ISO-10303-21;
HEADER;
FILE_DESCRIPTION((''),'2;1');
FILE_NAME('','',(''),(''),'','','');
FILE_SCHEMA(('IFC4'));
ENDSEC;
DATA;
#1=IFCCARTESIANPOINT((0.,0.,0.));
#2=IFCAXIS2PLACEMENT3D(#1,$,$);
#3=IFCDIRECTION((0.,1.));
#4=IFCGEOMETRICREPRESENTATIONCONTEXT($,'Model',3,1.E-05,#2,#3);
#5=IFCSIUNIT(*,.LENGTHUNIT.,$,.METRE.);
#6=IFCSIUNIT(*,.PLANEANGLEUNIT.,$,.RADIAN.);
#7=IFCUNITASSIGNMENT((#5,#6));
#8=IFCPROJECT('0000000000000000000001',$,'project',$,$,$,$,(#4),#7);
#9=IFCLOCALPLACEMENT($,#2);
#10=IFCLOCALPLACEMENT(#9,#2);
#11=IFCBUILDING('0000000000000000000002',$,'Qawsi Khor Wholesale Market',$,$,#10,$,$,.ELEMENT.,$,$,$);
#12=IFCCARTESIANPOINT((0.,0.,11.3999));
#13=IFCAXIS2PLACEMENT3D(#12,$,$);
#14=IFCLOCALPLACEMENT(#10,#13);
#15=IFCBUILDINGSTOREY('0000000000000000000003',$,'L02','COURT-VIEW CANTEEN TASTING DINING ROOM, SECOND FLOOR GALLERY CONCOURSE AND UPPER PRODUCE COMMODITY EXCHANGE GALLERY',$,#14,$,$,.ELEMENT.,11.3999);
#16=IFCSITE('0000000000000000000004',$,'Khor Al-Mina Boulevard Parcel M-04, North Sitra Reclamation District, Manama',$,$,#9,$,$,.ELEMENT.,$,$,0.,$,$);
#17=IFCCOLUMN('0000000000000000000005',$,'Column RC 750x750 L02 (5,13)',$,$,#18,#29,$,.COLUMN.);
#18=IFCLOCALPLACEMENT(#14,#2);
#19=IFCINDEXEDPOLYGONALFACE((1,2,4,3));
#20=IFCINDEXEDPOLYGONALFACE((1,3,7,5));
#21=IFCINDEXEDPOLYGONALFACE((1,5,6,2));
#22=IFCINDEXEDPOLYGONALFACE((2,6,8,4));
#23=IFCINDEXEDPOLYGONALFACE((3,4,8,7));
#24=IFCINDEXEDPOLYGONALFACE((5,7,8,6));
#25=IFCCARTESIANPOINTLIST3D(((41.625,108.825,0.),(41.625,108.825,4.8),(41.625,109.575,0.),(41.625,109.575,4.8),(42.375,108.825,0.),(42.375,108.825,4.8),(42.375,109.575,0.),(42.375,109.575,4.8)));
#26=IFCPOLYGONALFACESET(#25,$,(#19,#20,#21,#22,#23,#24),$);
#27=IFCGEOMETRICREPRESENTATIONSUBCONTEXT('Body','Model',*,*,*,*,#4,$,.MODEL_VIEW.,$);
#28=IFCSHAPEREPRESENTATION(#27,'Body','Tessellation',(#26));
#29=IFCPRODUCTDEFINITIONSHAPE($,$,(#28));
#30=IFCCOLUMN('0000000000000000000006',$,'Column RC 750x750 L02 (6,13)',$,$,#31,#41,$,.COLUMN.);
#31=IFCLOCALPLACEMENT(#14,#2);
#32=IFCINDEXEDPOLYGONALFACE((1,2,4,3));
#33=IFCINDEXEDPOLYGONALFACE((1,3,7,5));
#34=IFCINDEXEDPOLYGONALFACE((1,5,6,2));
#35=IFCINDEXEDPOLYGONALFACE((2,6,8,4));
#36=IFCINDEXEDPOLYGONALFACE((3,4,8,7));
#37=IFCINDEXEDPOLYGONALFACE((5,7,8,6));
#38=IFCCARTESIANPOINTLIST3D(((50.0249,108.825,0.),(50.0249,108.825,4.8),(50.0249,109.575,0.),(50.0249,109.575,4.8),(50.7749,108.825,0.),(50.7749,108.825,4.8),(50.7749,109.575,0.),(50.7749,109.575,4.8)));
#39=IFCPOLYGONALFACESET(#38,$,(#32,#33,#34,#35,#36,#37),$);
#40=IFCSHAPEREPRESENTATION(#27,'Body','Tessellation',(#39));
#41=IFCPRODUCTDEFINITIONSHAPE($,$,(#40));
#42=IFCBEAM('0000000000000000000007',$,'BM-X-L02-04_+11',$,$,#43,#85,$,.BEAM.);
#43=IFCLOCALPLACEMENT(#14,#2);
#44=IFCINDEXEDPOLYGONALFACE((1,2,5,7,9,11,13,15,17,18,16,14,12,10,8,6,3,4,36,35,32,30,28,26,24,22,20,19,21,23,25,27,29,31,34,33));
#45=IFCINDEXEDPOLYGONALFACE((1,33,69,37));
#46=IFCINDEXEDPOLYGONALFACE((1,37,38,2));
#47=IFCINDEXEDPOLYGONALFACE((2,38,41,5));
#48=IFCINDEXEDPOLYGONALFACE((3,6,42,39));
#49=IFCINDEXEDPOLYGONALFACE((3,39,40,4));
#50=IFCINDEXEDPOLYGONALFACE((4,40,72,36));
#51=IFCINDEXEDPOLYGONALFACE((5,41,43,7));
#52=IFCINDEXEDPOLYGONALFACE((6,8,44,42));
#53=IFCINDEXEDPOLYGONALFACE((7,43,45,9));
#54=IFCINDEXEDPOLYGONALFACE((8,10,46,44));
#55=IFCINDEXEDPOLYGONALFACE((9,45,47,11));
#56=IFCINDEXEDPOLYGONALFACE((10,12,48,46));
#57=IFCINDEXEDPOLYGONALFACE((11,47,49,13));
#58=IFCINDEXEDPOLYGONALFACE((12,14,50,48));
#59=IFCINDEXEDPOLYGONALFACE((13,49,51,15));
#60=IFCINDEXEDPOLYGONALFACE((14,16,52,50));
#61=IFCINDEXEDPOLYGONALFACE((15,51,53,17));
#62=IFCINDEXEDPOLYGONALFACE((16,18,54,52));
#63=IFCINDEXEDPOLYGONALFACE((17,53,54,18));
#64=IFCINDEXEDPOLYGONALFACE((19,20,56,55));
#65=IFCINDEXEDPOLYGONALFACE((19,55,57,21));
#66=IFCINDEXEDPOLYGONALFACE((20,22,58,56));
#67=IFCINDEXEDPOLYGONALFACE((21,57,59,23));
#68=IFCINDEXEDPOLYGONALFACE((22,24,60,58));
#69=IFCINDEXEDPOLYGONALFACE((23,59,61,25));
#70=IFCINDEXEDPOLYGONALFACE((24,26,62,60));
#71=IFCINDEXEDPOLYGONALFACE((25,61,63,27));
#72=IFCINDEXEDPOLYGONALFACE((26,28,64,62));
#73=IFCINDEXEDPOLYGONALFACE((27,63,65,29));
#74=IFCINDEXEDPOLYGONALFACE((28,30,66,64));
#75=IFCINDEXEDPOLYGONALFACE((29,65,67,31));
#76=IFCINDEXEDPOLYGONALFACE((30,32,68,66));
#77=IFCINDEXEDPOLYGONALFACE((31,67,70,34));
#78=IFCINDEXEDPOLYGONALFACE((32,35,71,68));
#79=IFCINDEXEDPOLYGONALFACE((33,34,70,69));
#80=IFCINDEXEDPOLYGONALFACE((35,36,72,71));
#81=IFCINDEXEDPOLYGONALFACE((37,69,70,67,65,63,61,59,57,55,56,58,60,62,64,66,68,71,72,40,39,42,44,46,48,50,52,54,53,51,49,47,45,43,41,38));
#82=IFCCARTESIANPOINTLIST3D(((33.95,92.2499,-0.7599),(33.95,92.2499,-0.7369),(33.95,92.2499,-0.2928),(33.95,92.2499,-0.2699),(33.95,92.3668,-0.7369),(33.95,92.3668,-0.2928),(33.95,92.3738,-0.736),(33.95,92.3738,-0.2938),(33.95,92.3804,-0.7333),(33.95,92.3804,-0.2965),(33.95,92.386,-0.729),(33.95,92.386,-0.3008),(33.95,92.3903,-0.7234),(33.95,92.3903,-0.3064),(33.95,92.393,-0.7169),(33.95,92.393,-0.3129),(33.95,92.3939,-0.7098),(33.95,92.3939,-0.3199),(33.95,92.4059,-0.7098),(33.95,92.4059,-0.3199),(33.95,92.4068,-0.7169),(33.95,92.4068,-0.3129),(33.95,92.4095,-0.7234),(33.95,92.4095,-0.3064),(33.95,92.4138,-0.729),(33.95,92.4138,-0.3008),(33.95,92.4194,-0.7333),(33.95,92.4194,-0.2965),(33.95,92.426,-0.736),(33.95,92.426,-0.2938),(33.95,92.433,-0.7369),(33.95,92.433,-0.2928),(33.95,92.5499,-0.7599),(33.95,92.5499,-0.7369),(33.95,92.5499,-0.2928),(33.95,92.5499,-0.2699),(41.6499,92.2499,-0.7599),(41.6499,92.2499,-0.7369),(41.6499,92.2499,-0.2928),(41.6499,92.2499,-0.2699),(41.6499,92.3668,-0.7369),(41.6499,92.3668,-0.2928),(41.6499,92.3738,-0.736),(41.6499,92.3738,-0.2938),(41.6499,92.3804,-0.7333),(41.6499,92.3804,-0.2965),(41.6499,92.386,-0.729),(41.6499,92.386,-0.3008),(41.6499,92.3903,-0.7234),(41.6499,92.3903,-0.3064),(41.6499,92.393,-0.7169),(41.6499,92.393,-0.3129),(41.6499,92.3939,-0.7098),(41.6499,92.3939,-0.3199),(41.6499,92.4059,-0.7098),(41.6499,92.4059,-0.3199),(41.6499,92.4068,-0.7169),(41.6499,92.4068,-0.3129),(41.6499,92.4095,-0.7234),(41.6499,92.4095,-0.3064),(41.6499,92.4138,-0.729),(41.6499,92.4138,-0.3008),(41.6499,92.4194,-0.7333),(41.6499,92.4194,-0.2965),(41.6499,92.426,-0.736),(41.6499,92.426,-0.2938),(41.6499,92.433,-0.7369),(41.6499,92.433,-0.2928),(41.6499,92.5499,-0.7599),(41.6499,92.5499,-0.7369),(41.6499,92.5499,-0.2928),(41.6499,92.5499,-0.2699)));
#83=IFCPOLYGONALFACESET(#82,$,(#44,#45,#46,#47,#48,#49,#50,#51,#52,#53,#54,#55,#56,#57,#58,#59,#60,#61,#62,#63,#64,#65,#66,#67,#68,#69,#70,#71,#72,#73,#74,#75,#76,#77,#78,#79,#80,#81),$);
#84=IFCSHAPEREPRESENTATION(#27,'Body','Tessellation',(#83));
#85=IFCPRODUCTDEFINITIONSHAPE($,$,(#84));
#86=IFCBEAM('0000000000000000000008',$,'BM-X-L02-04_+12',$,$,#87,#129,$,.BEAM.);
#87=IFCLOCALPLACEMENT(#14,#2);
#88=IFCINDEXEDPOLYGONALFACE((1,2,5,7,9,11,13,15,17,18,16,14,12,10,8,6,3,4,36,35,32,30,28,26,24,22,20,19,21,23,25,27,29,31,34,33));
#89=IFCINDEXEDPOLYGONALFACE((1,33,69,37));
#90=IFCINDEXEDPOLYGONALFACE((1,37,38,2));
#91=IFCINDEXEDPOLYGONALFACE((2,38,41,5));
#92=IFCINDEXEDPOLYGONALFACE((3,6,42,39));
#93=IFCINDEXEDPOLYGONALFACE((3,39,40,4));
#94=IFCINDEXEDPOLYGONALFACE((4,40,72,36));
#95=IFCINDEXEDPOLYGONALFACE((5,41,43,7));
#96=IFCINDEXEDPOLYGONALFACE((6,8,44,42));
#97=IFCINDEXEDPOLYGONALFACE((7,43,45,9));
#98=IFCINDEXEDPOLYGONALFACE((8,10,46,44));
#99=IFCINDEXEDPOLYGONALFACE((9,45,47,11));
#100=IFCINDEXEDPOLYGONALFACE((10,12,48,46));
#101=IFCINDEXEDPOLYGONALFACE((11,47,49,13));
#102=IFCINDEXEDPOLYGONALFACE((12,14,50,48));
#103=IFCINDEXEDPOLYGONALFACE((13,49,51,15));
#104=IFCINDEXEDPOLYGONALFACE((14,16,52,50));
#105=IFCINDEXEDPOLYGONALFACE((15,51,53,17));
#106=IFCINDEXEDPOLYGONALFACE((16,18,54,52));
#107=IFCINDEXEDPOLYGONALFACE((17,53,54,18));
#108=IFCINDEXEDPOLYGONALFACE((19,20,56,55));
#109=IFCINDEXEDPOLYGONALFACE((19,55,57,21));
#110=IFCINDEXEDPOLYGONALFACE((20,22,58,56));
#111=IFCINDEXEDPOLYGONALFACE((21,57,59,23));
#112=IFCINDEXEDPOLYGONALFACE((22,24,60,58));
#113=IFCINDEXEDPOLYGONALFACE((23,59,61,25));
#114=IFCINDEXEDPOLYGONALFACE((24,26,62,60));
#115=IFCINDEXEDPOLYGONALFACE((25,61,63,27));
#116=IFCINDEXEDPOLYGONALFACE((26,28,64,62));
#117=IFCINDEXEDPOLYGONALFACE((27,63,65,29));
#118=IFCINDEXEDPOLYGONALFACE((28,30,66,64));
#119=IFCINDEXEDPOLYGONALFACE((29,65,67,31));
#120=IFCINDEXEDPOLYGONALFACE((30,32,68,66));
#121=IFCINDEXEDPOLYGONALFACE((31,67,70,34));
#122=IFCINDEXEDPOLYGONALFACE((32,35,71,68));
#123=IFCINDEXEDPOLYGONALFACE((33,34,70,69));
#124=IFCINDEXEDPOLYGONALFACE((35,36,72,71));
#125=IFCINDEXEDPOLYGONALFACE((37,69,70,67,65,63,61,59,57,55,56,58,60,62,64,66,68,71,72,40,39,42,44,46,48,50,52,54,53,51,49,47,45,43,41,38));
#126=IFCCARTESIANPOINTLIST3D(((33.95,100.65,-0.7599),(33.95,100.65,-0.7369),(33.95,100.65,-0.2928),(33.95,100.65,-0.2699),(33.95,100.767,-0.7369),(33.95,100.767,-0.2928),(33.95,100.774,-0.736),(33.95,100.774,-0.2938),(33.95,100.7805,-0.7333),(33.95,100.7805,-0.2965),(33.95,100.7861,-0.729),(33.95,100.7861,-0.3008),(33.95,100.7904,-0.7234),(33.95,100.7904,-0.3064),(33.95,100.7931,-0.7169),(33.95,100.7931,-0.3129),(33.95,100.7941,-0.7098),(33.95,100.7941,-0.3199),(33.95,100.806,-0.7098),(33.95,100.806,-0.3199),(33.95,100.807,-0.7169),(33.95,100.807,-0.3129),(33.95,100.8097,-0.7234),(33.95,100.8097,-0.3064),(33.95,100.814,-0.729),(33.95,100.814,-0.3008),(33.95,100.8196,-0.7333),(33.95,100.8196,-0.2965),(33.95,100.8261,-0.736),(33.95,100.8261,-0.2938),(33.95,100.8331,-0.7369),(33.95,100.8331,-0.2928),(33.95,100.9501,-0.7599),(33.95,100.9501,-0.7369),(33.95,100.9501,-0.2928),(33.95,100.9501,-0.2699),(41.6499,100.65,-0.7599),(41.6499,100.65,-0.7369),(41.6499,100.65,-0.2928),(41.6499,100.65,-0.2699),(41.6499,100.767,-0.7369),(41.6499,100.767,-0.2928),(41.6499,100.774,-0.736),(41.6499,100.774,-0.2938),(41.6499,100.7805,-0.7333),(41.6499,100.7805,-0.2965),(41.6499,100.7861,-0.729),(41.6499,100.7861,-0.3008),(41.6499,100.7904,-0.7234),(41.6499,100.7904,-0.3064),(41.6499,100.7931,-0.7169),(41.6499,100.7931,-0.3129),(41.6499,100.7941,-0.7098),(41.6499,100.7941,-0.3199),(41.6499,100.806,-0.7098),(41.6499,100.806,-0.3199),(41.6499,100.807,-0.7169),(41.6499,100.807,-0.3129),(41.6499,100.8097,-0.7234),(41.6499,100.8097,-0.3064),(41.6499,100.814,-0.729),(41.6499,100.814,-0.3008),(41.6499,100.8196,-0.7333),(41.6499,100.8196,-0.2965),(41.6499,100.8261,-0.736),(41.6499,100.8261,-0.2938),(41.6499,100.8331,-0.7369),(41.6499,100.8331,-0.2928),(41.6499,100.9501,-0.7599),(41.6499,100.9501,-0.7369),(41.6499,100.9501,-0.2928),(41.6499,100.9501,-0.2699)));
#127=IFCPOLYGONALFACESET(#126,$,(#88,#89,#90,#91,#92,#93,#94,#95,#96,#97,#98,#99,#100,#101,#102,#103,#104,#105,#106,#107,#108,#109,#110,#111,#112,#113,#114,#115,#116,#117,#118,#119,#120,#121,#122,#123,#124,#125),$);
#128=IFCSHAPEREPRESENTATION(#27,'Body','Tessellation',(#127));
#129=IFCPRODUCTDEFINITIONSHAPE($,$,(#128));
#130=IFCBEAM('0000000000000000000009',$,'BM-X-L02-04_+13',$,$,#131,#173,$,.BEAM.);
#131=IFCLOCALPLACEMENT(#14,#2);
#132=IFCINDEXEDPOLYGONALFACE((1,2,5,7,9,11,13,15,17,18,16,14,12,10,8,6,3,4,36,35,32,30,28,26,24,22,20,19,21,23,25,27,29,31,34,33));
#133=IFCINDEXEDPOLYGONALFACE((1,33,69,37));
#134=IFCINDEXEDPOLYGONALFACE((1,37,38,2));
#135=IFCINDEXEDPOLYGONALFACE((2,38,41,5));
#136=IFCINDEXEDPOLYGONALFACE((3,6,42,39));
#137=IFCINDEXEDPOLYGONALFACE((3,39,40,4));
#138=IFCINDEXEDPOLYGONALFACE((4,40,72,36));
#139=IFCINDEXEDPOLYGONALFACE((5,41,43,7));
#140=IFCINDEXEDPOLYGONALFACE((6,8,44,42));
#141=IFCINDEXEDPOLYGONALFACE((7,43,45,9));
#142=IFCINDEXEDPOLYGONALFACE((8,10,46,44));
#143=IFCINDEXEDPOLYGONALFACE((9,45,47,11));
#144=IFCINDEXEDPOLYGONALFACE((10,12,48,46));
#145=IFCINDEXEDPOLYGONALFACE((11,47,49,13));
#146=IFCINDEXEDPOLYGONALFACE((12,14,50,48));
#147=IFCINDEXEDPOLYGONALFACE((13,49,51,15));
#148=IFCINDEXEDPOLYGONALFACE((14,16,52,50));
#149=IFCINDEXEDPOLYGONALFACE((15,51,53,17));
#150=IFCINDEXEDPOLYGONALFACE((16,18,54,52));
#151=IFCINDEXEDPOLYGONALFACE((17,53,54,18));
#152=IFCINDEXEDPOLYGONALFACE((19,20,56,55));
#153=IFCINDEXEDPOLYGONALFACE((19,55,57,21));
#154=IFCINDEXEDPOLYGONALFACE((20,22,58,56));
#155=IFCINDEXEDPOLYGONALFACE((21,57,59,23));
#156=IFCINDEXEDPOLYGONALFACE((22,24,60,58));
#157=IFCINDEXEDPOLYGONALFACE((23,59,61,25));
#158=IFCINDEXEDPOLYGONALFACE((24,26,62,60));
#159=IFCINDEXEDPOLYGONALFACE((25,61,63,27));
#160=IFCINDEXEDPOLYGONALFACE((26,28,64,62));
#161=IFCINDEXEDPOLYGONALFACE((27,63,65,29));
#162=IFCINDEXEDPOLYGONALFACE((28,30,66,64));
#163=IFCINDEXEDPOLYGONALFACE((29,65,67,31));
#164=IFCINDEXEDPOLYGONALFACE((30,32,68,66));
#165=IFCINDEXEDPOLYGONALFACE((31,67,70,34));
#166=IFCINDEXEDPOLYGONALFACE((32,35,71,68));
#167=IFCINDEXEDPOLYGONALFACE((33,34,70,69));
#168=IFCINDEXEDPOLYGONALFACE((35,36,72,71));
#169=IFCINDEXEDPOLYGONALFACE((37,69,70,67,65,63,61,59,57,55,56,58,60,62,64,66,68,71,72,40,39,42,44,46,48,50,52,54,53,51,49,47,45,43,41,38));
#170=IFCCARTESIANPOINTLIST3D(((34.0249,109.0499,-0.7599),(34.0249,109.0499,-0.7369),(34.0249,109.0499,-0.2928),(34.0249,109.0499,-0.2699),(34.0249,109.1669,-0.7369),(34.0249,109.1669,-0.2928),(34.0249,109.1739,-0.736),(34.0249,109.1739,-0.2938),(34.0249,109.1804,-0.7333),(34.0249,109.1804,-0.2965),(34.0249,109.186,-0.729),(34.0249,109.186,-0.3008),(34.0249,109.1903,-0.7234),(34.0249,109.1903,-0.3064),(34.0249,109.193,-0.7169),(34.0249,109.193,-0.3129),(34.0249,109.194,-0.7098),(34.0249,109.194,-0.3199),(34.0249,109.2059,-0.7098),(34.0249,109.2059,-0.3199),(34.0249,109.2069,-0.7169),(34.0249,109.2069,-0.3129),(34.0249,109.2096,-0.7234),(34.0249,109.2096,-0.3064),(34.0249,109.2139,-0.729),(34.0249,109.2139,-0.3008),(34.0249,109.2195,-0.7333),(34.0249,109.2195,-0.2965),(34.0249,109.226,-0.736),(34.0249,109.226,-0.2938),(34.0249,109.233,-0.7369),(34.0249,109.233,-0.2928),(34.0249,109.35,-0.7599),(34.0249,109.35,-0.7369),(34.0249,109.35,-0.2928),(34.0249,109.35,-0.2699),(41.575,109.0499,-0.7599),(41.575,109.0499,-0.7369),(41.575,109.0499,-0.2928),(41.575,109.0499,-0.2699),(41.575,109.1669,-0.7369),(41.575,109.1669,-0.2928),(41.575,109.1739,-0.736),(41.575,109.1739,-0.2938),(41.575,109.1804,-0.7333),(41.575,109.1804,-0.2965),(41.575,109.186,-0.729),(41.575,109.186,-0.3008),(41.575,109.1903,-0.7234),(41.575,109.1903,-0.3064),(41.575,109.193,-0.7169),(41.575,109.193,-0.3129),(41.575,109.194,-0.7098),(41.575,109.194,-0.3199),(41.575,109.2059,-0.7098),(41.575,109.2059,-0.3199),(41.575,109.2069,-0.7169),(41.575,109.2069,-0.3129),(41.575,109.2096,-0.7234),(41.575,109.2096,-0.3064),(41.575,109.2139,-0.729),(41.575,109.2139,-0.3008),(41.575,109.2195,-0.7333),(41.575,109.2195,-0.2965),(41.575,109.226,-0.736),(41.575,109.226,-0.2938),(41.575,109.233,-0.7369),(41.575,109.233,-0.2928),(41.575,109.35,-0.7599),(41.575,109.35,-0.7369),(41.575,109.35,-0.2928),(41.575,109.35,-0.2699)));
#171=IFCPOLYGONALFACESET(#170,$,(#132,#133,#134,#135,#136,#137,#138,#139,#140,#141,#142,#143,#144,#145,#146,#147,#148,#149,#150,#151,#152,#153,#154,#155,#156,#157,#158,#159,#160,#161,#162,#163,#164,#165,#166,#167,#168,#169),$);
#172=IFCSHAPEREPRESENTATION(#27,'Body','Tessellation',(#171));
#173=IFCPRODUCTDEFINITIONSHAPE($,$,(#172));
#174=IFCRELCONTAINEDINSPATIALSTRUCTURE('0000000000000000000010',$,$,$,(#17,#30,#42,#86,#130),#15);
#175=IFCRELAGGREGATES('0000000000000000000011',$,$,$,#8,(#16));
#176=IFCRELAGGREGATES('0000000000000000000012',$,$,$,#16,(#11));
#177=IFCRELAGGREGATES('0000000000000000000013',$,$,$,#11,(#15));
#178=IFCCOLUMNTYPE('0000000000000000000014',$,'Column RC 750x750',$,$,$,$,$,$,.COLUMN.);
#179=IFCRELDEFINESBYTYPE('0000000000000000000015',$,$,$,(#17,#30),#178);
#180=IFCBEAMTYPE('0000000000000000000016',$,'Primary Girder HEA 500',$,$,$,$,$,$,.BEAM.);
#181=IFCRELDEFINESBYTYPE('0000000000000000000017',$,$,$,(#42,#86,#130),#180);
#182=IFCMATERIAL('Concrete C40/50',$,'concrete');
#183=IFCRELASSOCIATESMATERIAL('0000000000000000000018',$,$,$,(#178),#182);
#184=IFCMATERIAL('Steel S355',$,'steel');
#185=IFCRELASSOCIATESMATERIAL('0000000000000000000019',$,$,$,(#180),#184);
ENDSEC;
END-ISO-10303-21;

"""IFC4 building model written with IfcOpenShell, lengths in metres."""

from ifc_helpers import new_model, si_unit, direction, frame, origin, origin_2d, place, context, subcontext, project, spatial, rectangle, i_section, extrude, material, material_profile, profile_set, type_object, element, save


model = new_model("IFC4")

# Units and contexts
model_context = context("Model", 3, precision=1e-05, world=origin(), true_north=direction((0.0, 1.0)))
body_context = subcontext(model_context, "Body", "Model", "MODEL_VIEW")
ifc_project = project(units=[si_unit("LENGTHUNIT", "METRE"), si_unit("PLANEANGLEUNIT", "RADIAN")], contexts=[model_context])

# Site, building, storey
site_placement = place(None, origin())
site = spatial("IfcSite", under=ifc_project, at=site_placement, Name="Khor Al-Mina Boulevard Parcel M-04, North Sitra Reclamation District, Manama", CompositionType="ELEMENT", RefElevation=0.0)
building_placement = place(site_placement, origin())
building = spatial("IfcBuilding", under=site, at=building_placement, Name="Qawsi Khor Wholesale Market", CompositionType="ELEMENT")
storey_placement = place(building_placement, frame((0.0, 0.0, 11.3999)))
storey = spatial("IfcBuildingStorey", under=building, at=storey_placement, Name="L02", Description="COURT-VIEW CANTEEN TASTING DINING ROOM, SECOND FLOOR GALLERY CONCOURSE AND UPPER PRODUCE COMMODITY EXCHANGE GALLERY", CompositionType="ELEMENT", Elevation=11.3999)

# Columns
ifc_material_1 = material(Name="Concrete C40/50", Category="concrete")
ifc_material_profile_1 = material_profile(ifc_material_1, rectangle(XDim=0.75, YDim=0.75, at=origin_2d()), Name="RC 750x750")
ifc_profile_set_1 = profile_set([ifc_material_profile_1], Name="Concrete C40/50")
column_type = type_object("IfcColumnType", Name="Column RC 750x750", PredefinedType="COLUMN", material=ifc_profile_set_1)
for number, where, z_axis, x_axis, name in (
    (1, (42.0, 109.2, 0.0), (0.0, 0.0, 1.0), (1.0, 0.0, 0.0), "Column RC 750x750 L02 (5,13)"),
    (2, (50.3999, 109.2, 0.0), (0.0, 0.0, 1.0), (1.0, 0.0, 0.0), "Column RC 750x750 L02 (6,13)"),
):
    element("IfcColumn", number, at=place(storey_placement, frame(where, z_axis=z_axis, x_axis=x_axis)), inside=storey, type_object=column_type, Name=name, PredefinedType="COLUMN", context=body_context, shape_type="SweptSolid", body=[
        extrude(rectangle(XDim=0.75, YDim=0.75, at=origin_2d()), origin(), (0.0, 0.0, 1.0), 4.8),
    ])

# Beams
ifc_material_2 = material(Name="Steel S355", Category="steel")
ifc_material_profile_2 = material_profile(ifc_material_2, i_section(OverallWidth=0.3, OverallDepth=0.49, WebThickness=0.012, FlangeThickness=0.0229, FilletRadius=0.0271, at=origin_2d()), Name="HEA 500")
ifc_profile_set_2 = profile_set([ifc_material_profile_2], Name="Steel S355")
beam_type_1 = type_object("IfcBeamType", Name="Primary Girder HEA 500", PredefinedType="BEAM", material=ifc_profile_set_2)
for number, where, z_axis, x_axis, name in (
    (3, (33.95, 92.3999, -0.5149), (1.0, 0.0, 0.0), (0.0, 1.0, 0.0), "BM-X-L02-04_+11"),
    (4, (33.95, 100.8, -0.5149), (1.0, 0.0, 0.0), (0.0, 1.0, 0.0), "BM-X-L02-04_+12"),
):
    element("IfcBeam", number, at=place(storey_placement, frame(where, z_axis=z_axis, x_axis=x_axis)), inside=storey, type_object=beam_type_1, Name=name, PredefinedType="BEAM", context=body_context, shape_type="SweptSolid", body=[
        extrude(i_section(OverallWidth=0.3, OverallDepth=0.49, WebThickness=0.012, FlangeThickness=0.0229, FilletRadius=0.0271, at=origin_2d()), origin(), (0.0, 0.0, 1.0), 7.7),
    ])
beam_1_placement = place(storey_placement, frame((34.0249, 109.2, -0.5149), z_axis=(1.0, 0.0, 0.0), x_axis=(0.0, 1.0, 0.0)))
element("IfcBeam", 5, at=beam_1_placement, inside=storey, type_object=beam_type_1, Name="BM-X-L02-04_+13", PredefinedType="BEAM", context=body_context, shape_type="SweptSolid", body=[
    extrude(i_section(OverallWidth=0.3, OverallDepth=0.49, WebThickness=0.012, FlangeThickness=0.0229, FilletRadius=0.0271, at=origin_2d()), origin(), (0.0, 0.0, 1.0), 7.55),
])

save(model, "model.ifc")
